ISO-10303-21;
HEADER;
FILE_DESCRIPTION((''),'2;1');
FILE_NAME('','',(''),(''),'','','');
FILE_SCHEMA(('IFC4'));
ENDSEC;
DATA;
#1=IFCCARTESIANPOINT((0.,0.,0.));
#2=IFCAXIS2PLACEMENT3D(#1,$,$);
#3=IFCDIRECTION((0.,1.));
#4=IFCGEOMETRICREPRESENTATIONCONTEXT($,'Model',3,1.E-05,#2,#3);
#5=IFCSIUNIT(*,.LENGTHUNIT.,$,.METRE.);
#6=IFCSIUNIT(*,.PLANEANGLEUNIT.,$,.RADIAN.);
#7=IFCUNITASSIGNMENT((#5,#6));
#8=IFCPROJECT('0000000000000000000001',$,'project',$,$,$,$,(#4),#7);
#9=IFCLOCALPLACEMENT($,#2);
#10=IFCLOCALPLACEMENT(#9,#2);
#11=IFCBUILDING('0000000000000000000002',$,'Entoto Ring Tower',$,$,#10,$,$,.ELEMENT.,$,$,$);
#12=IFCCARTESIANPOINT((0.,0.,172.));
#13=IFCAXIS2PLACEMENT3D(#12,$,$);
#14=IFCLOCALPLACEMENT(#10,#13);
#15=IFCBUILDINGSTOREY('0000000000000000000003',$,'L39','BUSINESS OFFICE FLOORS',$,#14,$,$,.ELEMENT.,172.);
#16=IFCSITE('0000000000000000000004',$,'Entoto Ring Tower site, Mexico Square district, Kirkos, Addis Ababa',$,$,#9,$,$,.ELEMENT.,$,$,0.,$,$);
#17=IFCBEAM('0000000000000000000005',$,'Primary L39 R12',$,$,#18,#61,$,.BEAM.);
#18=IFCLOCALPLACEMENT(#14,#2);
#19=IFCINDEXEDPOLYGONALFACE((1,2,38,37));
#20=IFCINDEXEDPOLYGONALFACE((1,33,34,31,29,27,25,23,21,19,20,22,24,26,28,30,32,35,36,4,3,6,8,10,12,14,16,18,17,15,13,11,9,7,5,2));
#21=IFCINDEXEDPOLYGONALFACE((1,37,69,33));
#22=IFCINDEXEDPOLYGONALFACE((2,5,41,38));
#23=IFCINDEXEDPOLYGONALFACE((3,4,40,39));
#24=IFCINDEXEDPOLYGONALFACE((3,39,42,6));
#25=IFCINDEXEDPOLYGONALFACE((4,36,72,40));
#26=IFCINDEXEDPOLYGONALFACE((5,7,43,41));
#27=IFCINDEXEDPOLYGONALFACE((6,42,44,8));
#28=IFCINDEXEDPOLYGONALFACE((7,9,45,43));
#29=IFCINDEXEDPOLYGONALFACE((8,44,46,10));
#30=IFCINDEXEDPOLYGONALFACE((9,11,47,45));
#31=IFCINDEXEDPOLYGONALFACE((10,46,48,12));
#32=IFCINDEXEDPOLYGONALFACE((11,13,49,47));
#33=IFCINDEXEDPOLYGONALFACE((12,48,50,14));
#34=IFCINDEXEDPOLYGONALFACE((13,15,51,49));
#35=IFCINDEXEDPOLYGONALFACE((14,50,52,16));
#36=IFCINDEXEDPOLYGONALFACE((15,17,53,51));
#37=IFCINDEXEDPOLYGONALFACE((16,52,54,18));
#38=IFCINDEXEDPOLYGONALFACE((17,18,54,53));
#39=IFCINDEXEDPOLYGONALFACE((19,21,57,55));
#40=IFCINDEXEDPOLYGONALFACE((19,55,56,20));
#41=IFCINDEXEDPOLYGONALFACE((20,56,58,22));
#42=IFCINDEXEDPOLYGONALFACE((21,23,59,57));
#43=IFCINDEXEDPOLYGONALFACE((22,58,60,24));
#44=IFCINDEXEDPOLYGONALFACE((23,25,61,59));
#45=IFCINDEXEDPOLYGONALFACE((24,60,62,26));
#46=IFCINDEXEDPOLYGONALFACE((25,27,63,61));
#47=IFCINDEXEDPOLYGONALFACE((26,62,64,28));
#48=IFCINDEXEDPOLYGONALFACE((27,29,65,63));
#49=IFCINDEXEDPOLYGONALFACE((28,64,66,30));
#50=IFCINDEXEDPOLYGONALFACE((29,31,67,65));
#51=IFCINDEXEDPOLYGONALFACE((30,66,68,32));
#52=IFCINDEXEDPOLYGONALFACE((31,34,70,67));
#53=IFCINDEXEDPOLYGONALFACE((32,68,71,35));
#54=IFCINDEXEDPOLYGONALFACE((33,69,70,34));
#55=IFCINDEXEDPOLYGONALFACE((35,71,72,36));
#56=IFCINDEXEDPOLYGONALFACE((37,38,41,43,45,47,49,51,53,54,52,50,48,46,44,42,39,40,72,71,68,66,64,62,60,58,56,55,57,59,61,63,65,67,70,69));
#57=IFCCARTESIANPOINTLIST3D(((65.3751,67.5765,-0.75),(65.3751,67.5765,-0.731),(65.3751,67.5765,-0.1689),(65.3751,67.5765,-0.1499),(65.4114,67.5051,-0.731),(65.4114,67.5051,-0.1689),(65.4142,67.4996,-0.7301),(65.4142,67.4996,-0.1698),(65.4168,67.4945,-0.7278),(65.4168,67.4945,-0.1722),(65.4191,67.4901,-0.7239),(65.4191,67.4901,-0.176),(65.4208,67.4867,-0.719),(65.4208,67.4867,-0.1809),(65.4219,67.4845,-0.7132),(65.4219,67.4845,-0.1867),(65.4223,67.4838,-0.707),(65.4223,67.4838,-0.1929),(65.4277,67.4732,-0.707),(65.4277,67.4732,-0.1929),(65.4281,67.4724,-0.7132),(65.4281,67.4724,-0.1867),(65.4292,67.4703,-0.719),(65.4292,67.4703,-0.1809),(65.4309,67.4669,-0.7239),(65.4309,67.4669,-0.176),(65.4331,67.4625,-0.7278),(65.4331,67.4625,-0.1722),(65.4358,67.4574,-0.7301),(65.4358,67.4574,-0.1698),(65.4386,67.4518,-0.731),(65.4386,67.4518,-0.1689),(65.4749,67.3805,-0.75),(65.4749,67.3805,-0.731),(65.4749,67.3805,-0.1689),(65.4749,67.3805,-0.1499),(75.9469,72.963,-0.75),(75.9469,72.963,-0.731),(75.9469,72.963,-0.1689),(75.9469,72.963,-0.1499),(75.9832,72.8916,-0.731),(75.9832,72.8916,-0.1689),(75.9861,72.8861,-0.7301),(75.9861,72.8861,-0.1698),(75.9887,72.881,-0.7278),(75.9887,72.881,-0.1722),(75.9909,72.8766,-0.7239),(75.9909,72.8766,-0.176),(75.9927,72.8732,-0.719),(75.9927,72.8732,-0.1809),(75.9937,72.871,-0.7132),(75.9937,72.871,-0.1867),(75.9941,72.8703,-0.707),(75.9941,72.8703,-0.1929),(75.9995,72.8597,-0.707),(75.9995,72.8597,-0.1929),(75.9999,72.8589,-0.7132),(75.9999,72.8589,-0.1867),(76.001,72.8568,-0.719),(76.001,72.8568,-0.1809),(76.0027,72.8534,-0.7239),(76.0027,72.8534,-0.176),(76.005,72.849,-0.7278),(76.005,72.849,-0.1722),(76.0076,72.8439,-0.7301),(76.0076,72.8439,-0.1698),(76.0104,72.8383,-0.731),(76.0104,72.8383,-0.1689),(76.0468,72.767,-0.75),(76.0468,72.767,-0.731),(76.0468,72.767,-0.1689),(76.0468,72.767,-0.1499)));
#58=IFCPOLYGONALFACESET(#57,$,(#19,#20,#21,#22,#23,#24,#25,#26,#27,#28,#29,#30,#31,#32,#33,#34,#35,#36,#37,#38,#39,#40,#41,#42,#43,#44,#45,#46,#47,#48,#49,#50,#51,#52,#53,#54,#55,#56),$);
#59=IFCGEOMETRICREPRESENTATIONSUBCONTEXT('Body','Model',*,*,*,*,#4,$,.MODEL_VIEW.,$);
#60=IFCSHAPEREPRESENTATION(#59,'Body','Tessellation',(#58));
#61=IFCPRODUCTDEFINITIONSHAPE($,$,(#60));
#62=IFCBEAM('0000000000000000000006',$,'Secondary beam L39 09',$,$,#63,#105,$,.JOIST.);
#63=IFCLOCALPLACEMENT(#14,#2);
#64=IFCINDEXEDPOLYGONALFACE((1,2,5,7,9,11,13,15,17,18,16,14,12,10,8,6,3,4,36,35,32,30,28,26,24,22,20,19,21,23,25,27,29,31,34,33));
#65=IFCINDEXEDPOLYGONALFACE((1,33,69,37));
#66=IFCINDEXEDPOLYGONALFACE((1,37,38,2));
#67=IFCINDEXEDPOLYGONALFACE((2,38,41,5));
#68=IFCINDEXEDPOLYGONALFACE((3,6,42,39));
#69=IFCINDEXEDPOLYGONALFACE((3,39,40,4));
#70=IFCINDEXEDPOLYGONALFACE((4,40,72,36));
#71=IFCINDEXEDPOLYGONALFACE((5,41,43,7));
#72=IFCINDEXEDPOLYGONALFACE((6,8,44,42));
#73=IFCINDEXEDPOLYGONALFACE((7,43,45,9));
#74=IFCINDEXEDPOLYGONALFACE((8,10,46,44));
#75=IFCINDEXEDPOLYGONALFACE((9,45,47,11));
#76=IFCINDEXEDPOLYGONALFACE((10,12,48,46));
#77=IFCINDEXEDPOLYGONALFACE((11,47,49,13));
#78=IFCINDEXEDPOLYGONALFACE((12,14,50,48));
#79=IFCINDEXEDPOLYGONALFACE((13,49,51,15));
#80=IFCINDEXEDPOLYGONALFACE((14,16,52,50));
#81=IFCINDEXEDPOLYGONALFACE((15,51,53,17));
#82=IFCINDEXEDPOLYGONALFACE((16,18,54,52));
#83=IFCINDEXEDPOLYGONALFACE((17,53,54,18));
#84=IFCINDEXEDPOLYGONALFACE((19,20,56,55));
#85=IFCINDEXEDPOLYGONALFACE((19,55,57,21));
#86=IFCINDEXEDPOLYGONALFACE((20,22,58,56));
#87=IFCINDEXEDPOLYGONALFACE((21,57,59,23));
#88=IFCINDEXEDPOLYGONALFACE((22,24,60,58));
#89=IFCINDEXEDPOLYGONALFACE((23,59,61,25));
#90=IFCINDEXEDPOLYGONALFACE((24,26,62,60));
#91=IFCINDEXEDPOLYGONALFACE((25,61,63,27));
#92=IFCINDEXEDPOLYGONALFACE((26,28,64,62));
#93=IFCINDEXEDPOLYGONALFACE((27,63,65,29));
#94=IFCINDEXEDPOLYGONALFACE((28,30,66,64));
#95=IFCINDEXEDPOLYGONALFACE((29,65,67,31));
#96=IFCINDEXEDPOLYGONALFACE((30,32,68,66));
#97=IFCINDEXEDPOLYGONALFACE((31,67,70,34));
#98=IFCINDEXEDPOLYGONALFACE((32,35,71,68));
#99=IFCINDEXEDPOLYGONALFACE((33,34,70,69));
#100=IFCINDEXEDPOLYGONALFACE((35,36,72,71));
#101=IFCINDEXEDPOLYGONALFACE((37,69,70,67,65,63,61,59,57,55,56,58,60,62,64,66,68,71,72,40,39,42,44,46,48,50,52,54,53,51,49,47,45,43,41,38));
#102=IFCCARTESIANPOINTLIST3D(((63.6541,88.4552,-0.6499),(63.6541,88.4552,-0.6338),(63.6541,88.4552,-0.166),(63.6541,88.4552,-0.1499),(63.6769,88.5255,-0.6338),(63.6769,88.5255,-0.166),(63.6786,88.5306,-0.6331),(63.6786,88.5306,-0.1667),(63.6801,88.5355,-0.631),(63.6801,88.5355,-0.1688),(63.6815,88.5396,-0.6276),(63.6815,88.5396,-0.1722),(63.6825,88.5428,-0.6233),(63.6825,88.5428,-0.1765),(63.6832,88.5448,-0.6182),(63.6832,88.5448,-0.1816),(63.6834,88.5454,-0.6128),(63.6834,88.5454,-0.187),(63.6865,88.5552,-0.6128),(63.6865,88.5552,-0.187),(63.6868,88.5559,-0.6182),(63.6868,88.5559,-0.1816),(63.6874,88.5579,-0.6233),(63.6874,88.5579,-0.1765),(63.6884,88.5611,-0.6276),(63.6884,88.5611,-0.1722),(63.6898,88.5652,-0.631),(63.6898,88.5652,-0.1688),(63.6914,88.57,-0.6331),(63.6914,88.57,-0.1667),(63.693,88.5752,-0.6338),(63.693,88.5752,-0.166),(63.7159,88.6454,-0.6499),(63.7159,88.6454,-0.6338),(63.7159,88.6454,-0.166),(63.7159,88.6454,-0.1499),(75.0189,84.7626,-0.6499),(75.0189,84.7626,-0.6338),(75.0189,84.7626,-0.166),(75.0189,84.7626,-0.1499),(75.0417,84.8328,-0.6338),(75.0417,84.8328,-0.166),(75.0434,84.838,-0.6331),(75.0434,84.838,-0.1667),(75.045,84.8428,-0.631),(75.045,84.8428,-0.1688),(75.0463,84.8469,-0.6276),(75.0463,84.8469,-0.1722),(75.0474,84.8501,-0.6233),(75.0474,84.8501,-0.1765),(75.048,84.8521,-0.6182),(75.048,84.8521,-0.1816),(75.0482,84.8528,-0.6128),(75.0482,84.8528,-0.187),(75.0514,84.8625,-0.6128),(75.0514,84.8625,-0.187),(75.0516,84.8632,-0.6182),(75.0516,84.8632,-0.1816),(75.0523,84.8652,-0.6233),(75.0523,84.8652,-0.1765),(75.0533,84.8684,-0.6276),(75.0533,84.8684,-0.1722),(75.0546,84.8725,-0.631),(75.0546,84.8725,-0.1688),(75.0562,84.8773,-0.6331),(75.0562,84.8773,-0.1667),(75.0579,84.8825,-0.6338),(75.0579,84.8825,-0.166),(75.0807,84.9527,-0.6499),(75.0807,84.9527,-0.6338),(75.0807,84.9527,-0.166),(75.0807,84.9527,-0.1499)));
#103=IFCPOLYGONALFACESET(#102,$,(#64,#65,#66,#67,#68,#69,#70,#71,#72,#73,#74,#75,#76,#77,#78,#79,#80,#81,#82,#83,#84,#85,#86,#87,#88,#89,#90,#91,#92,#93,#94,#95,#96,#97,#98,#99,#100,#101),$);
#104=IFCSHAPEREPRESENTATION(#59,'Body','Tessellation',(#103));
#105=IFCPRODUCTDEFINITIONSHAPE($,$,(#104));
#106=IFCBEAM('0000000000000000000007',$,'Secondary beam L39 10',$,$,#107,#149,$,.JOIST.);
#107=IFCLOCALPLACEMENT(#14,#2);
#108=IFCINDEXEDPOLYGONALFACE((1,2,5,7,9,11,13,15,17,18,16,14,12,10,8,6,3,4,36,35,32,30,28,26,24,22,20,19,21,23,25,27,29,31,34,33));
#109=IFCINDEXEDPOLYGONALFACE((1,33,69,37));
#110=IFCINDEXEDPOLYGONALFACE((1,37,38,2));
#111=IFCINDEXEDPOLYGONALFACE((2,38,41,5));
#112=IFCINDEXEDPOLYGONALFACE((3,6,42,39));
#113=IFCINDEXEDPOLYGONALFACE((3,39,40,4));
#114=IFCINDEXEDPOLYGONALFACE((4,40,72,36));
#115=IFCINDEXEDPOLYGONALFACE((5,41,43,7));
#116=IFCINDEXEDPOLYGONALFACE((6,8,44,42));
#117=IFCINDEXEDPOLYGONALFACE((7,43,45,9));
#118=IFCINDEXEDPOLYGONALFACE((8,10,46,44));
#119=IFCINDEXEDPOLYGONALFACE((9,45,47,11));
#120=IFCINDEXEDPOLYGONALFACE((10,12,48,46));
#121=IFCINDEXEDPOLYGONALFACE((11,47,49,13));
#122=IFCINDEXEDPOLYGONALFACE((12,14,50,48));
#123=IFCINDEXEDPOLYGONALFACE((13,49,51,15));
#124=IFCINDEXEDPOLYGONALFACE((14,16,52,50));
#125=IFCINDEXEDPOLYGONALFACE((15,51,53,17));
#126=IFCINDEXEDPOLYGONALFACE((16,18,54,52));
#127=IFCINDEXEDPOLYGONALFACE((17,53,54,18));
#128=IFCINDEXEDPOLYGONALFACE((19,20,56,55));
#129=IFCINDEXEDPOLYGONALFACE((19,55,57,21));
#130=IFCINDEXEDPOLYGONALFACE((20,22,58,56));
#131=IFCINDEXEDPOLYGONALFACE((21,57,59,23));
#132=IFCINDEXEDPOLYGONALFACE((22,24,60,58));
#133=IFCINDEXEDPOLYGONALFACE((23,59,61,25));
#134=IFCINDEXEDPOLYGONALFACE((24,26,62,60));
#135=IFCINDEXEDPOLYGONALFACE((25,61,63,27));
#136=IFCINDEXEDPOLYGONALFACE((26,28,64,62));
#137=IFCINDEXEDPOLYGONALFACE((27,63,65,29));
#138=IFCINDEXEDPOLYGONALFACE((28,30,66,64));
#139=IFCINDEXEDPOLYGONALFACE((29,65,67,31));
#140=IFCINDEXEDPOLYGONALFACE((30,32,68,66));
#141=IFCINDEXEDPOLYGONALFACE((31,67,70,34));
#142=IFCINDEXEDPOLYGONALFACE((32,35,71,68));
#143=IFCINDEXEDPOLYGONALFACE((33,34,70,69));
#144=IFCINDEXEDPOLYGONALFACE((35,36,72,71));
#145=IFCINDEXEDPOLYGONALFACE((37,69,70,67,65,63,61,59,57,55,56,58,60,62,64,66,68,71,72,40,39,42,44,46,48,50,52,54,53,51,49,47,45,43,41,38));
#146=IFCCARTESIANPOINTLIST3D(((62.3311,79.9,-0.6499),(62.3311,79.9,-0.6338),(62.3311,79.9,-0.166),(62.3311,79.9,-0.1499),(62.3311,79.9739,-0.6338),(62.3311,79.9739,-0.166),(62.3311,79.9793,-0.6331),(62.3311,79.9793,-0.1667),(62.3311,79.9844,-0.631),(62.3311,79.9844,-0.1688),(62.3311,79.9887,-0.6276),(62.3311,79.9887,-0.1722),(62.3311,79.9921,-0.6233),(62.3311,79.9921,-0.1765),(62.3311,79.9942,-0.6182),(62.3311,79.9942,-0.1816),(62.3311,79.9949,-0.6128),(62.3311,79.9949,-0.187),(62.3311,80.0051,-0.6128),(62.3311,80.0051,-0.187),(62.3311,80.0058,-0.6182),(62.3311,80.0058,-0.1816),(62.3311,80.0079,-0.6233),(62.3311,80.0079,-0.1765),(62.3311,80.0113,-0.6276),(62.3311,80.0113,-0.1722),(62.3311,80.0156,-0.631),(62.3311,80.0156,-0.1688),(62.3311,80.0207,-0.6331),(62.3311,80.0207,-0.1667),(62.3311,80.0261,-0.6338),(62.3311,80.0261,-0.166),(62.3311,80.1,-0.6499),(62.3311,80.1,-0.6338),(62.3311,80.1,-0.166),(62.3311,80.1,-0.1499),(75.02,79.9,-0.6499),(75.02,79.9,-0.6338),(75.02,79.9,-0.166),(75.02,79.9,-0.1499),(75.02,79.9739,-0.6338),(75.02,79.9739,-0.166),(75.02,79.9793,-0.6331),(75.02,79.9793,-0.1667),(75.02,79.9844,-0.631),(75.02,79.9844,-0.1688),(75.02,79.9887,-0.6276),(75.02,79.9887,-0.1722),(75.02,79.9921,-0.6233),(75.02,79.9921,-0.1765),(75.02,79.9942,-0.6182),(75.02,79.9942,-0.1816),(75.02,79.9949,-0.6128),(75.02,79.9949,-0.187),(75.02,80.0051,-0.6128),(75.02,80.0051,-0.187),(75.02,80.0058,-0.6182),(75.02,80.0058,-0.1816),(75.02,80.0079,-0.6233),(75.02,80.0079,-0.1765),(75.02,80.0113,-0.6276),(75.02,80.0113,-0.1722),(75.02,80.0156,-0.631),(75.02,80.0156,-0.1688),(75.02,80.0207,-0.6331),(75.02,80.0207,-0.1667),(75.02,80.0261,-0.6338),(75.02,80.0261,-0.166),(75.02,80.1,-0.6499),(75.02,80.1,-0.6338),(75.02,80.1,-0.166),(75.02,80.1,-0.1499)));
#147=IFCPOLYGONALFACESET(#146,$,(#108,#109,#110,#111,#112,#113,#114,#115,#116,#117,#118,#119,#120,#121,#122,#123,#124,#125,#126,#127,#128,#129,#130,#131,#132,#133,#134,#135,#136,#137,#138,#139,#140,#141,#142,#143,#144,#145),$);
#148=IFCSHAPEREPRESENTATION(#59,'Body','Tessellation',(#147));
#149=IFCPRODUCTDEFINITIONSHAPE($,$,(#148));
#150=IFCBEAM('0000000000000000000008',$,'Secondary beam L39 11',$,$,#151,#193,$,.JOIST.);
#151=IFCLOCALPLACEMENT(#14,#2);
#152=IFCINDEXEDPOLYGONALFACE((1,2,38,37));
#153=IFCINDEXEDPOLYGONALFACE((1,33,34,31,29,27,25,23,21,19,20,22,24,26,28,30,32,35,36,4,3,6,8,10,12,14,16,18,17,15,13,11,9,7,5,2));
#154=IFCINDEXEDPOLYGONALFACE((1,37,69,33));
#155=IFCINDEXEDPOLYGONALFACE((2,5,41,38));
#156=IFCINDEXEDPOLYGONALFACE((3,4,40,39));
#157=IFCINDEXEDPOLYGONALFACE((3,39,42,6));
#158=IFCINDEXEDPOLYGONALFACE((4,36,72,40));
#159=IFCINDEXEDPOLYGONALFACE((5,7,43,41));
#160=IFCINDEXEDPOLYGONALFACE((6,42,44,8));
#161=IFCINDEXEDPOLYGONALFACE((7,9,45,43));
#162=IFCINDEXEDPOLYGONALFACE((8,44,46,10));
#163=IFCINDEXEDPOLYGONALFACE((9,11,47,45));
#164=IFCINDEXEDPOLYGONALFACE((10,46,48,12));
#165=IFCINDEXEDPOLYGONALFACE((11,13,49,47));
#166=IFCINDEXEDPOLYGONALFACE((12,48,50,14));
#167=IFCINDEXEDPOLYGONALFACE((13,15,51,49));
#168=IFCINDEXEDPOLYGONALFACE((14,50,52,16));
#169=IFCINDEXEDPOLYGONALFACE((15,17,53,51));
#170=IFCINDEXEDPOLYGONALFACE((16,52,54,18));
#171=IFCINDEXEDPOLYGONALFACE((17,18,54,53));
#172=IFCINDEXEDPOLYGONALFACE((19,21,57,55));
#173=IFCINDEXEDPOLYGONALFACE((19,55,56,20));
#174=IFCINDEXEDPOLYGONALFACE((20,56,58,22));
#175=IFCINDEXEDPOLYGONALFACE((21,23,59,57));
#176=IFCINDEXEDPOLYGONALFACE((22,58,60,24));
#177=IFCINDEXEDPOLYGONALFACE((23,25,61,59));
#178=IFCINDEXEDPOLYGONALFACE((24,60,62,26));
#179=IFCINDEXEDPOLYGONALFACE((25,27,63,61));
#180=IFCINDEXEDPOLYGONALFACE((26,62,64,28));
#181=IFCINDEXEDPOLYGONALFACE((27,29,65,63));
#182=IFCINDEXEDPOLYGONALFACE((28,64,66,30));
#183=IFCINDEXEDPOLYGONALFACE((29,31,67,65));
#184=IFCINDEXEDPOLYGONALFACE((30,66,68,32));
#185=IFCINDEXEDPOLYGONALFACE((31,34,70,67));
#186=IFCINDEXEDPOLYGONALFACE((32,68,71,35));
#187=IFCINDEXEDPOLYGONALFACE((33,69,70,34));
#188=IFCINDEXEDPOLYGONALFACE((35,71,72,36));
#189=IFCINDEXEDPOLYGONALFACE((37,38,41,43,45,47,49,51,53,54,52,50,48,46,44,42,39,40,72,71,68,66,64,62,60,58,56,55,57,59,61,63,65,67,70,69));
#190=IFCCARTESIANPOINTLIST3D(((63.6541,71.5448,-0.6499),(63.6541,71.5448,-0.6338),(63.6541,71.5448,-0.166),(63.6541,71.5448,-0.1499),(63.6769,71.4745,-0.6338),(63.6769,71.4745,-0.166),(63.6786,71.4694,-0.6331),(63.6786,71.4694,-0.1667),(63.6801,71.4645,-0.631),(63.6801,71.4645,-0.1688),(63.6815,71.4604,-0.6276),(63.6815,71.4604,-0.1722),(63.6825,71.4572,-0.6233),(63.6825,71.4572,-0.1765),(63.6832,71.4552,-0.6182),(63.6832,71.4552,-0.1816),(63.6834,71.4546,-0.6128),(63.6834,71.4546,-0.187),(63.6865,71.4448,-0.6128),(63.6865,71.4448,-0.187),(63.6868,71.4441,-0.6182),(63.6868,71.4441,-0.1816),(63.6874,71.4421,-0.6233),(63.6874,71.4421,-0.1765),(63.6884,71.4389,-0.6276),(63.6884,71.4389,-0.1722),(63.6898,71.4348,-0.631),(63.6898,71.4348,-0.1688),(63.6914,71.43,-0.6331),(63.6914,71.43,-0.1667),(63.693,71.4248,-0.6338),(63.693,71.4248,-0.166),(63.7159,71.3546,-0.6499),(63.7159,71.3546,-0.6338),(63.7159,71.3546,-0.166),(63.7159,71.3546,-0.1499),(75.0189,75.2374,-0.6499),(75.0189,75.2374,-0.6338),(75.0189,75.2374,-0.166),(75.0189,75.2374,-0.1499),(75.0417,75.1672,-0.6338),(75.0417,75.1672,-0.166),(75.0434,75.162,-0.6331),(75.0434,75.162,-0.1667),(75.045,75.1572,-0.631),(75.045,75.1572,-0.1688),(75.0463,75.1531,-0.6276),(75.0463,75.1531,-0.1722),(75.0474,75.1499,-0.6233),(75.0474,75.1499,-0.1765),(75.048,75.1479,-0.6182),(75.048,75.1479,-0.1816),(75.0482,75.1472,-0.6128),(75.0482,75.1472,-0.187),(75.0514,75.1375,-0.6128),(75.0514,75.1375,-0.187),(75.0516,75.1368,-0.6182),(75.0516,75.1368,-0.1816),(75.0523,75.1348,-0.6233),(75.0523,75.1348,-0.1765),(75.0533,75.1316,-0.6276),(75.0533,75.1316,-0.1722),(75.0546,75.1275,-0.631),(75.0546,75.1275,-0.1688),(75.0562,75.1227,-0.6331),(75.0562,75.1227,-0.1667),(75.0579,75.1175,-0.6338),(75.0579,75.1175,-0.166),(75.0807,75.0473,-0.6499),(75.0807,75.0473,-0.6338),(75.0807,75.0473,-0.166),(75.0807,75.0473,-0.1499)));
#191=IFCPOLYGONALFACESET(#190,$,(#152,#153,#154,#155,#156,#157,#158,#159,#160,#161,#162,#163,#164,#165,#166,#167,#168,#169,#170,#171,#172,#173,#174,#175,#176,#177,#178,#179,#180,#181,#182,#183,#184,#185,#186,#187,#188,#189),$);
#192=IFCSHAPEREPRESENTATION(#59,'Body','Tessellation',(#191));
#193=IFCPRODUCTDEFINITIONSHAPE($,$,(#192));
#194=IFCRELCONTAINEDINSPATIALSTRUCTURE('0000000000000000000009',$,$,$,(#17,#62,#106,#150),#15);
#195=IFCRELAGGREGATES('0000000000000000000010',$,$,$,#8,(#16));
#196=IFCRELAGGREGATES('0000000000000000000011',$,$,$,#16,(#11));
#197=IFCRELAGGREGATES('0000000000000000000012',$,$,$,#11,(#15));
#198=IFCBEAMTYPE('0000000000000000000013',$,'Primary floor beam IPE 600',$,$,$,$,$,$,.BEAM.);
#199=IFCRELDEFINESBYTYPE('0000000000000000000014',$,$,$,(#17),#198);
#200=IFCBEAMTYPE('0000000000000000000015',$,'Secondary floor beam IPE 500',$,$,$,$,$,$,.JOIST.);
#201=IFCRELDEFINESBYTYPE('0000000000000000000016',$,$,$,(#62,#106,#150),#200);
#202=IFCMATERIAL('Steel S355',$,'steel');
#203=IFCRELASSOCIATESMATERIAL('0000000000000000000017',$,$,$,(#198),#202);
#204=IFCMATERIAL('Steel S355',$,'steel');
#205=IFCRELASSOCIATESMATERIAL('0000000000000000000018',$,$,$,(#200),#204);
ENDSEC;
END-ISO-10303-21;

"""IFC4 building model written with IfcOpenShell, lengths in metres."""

from ifc_helpers import new_model, si_unit, direction, frame, origin, origin_2d, place, context, subcontext, project, spatial, i_section, extrude, material, material_profile, profile_set, type_object, element, save


model = new_model("IFC4")

# Units and contexts
model_context = context("Model", 3, precision=1e-05, world=origin(), true_north=direction((0.0, 1.0)))
body_context = subcontext(model_context, "Body", "Model", "MODEL_VIEW")
ifc_project = project(units=[si_unit("LENGTHUNIT", "METRE"), si_unit("PLANEANGLEUNIT", "RADIAN")], contexts=[model_context])

# Site, building, storey
site_placement = place(None, origin())
site = spatial("IfcSite", under=ifc_project, at=site_placement, Name="Entoto Ring Tower site, Mexico Square district, Kirkos, Addis Ababa", CompositionType="ELEMENT", RefElevation=0.0)
building_placement = place(site_placement, origin())
building = spatial("IfcBuilding", under=site, at=building_placement, Name="Entoto Ring Tower", CompositionType="ELEMENT")
storey_placement = place(building_placement, frame((0.0, 0.0, 172.0)))
storey = spatial("IfcBuildingStorey", under=building, at=storey_placement, Name="L39", Description="BUSINESS OFFICE FLOORS", CompositionType="ELEMENT", Elevation=172.0)

# Beams
ifc_material_1 = material(Name="Steel S355", Category="steel")
ifc_material_profile_1 = material_profile(ifc_material_1, i_section(OverallWidth=0.22, OverallDepth=0.6001, WebThickness=0.012, FlangeThickness=0.019, FilletRadius=0.0239, at=origin_2d()), Name="IPE 600")
ifc_profile_set_1 = profile_set([ifc_material_profile_1], Name="Steel S355")
beam_type_1 = type_object("IfcBeamType", Name="Primary floor beam IPE 600", PredefinedType="BEAM", material=ifc_profile_set_1)
beam_1_placement = place(storey_placement, frame((75.9968, 72.865, -0.45), z_axis=(-0.89101, -0.453983, 0.0), x_axis=(0.453983, -0.89101, 0.0)))
element("IfcBeam", 1, at=beam_1_placement, inside=storey, type_object=beam_type_1, Name="Primary L39 R12", PredefinedType="BEAM", context=body_context, shape_type="SweptSolid", body=[
    extrude(i_section(OverallWidth=0.22, OverallDepth=0.6001, WebThickness=0.012, FlangeThickness=0.019, FilletRadius=0.0239, at=origin_2d()), origin(), (0.0, 0.0, 1.0), 11.865),
])
ifc_material_2 = material(Name="Steel S355", Category="steel")
ifc_material_profile_2 = material_profile(ifc_material_2, i_section(OverallWidth=0.2, OverallDepth=0.5, WebThickness=0.0103, FlangeThickness=0.0161, FilletRadius=0.021, at=origin_2d()), Name="IPE 500")
ifc_profile_set_2 = profile_set([ifc_material_profile_2], Name="Steel S355")
beam_type_2 = type_object("IfcBeamType", Name="Secondary floor beam IPE 500", PredefinedType="JOIST", material=ifc_profile_set_2)
beam_2_placement = place(storey_placement, frame((75.0498, 84.8577, -0.3999), z_axis=(-0.951057, 0.309017, 0.0), x_axis=(-0.309017, -0.951057, 0.0)))
element("IfcBeam", 2, at=beam_2_placement, inside=storey, type_object=beam_type_2, Name="Secondary beam L39 09", PredefinedType="JOIST", context=body_context, shape_type="SweptSolid", body=[
    extrude(i_section(OverallWidth=0.2, OverallDepth=0.5, WebThickness=0.0103, FlangeThickness=0.0161, FilletRadius=0.021, at=origin_2d()), origin(), (0.0, 0.0, 1.0), 11.9497),
])
beam_3_placement = place(storey_placement, frame((75.02, 80.0, -0.3999), z_axis=(-1.0, 0.0, 0.0), x_axis=(0.0, -1.0, 0.0)))
element("IfcBeam", 3, at=beam_3_placement, inside=storey, type_object=beam_type_2, Name="Secondary beam L39 10", PredefinedType="JOIST", context=body_context, shape_type="SweptSolid", body=[
    extrude(i_section(OverallWidth=0.2, OverallDepth=0.5, WebThickness=0.0103, FlangeThickness=0.0161, FilletRadius=0.021, at=origin_2d()), origin(), (0.0, 0.0, 1.0), 12.689),
])
beam_4_placement = place(storey_placement, frame((75.0498, 75.1423, -0.3999), z_axis=(-0.951057, -0.309017, 0.0), x_axis=(0.309017, -0.951057, 0.0)))
element("IfcBeam", 4, at=beam_4_placement, inside=storey, type_object=beam_type_2, Name="Secondary beam L39 11", PredefinedType="JOIST", context=body_context, shape_type="SweptSolid", body=[
    extrude(i_section(OverallWidth=0.2, OverallDepth=0.5, WebThickness=0.0103, FlangeThickness=0.0161, FilletRadius=0.021, at=origin_2d()), origin(), (0.0, 0.0, 1.0), 11.9497),
])

save(model, "model.ifc")
